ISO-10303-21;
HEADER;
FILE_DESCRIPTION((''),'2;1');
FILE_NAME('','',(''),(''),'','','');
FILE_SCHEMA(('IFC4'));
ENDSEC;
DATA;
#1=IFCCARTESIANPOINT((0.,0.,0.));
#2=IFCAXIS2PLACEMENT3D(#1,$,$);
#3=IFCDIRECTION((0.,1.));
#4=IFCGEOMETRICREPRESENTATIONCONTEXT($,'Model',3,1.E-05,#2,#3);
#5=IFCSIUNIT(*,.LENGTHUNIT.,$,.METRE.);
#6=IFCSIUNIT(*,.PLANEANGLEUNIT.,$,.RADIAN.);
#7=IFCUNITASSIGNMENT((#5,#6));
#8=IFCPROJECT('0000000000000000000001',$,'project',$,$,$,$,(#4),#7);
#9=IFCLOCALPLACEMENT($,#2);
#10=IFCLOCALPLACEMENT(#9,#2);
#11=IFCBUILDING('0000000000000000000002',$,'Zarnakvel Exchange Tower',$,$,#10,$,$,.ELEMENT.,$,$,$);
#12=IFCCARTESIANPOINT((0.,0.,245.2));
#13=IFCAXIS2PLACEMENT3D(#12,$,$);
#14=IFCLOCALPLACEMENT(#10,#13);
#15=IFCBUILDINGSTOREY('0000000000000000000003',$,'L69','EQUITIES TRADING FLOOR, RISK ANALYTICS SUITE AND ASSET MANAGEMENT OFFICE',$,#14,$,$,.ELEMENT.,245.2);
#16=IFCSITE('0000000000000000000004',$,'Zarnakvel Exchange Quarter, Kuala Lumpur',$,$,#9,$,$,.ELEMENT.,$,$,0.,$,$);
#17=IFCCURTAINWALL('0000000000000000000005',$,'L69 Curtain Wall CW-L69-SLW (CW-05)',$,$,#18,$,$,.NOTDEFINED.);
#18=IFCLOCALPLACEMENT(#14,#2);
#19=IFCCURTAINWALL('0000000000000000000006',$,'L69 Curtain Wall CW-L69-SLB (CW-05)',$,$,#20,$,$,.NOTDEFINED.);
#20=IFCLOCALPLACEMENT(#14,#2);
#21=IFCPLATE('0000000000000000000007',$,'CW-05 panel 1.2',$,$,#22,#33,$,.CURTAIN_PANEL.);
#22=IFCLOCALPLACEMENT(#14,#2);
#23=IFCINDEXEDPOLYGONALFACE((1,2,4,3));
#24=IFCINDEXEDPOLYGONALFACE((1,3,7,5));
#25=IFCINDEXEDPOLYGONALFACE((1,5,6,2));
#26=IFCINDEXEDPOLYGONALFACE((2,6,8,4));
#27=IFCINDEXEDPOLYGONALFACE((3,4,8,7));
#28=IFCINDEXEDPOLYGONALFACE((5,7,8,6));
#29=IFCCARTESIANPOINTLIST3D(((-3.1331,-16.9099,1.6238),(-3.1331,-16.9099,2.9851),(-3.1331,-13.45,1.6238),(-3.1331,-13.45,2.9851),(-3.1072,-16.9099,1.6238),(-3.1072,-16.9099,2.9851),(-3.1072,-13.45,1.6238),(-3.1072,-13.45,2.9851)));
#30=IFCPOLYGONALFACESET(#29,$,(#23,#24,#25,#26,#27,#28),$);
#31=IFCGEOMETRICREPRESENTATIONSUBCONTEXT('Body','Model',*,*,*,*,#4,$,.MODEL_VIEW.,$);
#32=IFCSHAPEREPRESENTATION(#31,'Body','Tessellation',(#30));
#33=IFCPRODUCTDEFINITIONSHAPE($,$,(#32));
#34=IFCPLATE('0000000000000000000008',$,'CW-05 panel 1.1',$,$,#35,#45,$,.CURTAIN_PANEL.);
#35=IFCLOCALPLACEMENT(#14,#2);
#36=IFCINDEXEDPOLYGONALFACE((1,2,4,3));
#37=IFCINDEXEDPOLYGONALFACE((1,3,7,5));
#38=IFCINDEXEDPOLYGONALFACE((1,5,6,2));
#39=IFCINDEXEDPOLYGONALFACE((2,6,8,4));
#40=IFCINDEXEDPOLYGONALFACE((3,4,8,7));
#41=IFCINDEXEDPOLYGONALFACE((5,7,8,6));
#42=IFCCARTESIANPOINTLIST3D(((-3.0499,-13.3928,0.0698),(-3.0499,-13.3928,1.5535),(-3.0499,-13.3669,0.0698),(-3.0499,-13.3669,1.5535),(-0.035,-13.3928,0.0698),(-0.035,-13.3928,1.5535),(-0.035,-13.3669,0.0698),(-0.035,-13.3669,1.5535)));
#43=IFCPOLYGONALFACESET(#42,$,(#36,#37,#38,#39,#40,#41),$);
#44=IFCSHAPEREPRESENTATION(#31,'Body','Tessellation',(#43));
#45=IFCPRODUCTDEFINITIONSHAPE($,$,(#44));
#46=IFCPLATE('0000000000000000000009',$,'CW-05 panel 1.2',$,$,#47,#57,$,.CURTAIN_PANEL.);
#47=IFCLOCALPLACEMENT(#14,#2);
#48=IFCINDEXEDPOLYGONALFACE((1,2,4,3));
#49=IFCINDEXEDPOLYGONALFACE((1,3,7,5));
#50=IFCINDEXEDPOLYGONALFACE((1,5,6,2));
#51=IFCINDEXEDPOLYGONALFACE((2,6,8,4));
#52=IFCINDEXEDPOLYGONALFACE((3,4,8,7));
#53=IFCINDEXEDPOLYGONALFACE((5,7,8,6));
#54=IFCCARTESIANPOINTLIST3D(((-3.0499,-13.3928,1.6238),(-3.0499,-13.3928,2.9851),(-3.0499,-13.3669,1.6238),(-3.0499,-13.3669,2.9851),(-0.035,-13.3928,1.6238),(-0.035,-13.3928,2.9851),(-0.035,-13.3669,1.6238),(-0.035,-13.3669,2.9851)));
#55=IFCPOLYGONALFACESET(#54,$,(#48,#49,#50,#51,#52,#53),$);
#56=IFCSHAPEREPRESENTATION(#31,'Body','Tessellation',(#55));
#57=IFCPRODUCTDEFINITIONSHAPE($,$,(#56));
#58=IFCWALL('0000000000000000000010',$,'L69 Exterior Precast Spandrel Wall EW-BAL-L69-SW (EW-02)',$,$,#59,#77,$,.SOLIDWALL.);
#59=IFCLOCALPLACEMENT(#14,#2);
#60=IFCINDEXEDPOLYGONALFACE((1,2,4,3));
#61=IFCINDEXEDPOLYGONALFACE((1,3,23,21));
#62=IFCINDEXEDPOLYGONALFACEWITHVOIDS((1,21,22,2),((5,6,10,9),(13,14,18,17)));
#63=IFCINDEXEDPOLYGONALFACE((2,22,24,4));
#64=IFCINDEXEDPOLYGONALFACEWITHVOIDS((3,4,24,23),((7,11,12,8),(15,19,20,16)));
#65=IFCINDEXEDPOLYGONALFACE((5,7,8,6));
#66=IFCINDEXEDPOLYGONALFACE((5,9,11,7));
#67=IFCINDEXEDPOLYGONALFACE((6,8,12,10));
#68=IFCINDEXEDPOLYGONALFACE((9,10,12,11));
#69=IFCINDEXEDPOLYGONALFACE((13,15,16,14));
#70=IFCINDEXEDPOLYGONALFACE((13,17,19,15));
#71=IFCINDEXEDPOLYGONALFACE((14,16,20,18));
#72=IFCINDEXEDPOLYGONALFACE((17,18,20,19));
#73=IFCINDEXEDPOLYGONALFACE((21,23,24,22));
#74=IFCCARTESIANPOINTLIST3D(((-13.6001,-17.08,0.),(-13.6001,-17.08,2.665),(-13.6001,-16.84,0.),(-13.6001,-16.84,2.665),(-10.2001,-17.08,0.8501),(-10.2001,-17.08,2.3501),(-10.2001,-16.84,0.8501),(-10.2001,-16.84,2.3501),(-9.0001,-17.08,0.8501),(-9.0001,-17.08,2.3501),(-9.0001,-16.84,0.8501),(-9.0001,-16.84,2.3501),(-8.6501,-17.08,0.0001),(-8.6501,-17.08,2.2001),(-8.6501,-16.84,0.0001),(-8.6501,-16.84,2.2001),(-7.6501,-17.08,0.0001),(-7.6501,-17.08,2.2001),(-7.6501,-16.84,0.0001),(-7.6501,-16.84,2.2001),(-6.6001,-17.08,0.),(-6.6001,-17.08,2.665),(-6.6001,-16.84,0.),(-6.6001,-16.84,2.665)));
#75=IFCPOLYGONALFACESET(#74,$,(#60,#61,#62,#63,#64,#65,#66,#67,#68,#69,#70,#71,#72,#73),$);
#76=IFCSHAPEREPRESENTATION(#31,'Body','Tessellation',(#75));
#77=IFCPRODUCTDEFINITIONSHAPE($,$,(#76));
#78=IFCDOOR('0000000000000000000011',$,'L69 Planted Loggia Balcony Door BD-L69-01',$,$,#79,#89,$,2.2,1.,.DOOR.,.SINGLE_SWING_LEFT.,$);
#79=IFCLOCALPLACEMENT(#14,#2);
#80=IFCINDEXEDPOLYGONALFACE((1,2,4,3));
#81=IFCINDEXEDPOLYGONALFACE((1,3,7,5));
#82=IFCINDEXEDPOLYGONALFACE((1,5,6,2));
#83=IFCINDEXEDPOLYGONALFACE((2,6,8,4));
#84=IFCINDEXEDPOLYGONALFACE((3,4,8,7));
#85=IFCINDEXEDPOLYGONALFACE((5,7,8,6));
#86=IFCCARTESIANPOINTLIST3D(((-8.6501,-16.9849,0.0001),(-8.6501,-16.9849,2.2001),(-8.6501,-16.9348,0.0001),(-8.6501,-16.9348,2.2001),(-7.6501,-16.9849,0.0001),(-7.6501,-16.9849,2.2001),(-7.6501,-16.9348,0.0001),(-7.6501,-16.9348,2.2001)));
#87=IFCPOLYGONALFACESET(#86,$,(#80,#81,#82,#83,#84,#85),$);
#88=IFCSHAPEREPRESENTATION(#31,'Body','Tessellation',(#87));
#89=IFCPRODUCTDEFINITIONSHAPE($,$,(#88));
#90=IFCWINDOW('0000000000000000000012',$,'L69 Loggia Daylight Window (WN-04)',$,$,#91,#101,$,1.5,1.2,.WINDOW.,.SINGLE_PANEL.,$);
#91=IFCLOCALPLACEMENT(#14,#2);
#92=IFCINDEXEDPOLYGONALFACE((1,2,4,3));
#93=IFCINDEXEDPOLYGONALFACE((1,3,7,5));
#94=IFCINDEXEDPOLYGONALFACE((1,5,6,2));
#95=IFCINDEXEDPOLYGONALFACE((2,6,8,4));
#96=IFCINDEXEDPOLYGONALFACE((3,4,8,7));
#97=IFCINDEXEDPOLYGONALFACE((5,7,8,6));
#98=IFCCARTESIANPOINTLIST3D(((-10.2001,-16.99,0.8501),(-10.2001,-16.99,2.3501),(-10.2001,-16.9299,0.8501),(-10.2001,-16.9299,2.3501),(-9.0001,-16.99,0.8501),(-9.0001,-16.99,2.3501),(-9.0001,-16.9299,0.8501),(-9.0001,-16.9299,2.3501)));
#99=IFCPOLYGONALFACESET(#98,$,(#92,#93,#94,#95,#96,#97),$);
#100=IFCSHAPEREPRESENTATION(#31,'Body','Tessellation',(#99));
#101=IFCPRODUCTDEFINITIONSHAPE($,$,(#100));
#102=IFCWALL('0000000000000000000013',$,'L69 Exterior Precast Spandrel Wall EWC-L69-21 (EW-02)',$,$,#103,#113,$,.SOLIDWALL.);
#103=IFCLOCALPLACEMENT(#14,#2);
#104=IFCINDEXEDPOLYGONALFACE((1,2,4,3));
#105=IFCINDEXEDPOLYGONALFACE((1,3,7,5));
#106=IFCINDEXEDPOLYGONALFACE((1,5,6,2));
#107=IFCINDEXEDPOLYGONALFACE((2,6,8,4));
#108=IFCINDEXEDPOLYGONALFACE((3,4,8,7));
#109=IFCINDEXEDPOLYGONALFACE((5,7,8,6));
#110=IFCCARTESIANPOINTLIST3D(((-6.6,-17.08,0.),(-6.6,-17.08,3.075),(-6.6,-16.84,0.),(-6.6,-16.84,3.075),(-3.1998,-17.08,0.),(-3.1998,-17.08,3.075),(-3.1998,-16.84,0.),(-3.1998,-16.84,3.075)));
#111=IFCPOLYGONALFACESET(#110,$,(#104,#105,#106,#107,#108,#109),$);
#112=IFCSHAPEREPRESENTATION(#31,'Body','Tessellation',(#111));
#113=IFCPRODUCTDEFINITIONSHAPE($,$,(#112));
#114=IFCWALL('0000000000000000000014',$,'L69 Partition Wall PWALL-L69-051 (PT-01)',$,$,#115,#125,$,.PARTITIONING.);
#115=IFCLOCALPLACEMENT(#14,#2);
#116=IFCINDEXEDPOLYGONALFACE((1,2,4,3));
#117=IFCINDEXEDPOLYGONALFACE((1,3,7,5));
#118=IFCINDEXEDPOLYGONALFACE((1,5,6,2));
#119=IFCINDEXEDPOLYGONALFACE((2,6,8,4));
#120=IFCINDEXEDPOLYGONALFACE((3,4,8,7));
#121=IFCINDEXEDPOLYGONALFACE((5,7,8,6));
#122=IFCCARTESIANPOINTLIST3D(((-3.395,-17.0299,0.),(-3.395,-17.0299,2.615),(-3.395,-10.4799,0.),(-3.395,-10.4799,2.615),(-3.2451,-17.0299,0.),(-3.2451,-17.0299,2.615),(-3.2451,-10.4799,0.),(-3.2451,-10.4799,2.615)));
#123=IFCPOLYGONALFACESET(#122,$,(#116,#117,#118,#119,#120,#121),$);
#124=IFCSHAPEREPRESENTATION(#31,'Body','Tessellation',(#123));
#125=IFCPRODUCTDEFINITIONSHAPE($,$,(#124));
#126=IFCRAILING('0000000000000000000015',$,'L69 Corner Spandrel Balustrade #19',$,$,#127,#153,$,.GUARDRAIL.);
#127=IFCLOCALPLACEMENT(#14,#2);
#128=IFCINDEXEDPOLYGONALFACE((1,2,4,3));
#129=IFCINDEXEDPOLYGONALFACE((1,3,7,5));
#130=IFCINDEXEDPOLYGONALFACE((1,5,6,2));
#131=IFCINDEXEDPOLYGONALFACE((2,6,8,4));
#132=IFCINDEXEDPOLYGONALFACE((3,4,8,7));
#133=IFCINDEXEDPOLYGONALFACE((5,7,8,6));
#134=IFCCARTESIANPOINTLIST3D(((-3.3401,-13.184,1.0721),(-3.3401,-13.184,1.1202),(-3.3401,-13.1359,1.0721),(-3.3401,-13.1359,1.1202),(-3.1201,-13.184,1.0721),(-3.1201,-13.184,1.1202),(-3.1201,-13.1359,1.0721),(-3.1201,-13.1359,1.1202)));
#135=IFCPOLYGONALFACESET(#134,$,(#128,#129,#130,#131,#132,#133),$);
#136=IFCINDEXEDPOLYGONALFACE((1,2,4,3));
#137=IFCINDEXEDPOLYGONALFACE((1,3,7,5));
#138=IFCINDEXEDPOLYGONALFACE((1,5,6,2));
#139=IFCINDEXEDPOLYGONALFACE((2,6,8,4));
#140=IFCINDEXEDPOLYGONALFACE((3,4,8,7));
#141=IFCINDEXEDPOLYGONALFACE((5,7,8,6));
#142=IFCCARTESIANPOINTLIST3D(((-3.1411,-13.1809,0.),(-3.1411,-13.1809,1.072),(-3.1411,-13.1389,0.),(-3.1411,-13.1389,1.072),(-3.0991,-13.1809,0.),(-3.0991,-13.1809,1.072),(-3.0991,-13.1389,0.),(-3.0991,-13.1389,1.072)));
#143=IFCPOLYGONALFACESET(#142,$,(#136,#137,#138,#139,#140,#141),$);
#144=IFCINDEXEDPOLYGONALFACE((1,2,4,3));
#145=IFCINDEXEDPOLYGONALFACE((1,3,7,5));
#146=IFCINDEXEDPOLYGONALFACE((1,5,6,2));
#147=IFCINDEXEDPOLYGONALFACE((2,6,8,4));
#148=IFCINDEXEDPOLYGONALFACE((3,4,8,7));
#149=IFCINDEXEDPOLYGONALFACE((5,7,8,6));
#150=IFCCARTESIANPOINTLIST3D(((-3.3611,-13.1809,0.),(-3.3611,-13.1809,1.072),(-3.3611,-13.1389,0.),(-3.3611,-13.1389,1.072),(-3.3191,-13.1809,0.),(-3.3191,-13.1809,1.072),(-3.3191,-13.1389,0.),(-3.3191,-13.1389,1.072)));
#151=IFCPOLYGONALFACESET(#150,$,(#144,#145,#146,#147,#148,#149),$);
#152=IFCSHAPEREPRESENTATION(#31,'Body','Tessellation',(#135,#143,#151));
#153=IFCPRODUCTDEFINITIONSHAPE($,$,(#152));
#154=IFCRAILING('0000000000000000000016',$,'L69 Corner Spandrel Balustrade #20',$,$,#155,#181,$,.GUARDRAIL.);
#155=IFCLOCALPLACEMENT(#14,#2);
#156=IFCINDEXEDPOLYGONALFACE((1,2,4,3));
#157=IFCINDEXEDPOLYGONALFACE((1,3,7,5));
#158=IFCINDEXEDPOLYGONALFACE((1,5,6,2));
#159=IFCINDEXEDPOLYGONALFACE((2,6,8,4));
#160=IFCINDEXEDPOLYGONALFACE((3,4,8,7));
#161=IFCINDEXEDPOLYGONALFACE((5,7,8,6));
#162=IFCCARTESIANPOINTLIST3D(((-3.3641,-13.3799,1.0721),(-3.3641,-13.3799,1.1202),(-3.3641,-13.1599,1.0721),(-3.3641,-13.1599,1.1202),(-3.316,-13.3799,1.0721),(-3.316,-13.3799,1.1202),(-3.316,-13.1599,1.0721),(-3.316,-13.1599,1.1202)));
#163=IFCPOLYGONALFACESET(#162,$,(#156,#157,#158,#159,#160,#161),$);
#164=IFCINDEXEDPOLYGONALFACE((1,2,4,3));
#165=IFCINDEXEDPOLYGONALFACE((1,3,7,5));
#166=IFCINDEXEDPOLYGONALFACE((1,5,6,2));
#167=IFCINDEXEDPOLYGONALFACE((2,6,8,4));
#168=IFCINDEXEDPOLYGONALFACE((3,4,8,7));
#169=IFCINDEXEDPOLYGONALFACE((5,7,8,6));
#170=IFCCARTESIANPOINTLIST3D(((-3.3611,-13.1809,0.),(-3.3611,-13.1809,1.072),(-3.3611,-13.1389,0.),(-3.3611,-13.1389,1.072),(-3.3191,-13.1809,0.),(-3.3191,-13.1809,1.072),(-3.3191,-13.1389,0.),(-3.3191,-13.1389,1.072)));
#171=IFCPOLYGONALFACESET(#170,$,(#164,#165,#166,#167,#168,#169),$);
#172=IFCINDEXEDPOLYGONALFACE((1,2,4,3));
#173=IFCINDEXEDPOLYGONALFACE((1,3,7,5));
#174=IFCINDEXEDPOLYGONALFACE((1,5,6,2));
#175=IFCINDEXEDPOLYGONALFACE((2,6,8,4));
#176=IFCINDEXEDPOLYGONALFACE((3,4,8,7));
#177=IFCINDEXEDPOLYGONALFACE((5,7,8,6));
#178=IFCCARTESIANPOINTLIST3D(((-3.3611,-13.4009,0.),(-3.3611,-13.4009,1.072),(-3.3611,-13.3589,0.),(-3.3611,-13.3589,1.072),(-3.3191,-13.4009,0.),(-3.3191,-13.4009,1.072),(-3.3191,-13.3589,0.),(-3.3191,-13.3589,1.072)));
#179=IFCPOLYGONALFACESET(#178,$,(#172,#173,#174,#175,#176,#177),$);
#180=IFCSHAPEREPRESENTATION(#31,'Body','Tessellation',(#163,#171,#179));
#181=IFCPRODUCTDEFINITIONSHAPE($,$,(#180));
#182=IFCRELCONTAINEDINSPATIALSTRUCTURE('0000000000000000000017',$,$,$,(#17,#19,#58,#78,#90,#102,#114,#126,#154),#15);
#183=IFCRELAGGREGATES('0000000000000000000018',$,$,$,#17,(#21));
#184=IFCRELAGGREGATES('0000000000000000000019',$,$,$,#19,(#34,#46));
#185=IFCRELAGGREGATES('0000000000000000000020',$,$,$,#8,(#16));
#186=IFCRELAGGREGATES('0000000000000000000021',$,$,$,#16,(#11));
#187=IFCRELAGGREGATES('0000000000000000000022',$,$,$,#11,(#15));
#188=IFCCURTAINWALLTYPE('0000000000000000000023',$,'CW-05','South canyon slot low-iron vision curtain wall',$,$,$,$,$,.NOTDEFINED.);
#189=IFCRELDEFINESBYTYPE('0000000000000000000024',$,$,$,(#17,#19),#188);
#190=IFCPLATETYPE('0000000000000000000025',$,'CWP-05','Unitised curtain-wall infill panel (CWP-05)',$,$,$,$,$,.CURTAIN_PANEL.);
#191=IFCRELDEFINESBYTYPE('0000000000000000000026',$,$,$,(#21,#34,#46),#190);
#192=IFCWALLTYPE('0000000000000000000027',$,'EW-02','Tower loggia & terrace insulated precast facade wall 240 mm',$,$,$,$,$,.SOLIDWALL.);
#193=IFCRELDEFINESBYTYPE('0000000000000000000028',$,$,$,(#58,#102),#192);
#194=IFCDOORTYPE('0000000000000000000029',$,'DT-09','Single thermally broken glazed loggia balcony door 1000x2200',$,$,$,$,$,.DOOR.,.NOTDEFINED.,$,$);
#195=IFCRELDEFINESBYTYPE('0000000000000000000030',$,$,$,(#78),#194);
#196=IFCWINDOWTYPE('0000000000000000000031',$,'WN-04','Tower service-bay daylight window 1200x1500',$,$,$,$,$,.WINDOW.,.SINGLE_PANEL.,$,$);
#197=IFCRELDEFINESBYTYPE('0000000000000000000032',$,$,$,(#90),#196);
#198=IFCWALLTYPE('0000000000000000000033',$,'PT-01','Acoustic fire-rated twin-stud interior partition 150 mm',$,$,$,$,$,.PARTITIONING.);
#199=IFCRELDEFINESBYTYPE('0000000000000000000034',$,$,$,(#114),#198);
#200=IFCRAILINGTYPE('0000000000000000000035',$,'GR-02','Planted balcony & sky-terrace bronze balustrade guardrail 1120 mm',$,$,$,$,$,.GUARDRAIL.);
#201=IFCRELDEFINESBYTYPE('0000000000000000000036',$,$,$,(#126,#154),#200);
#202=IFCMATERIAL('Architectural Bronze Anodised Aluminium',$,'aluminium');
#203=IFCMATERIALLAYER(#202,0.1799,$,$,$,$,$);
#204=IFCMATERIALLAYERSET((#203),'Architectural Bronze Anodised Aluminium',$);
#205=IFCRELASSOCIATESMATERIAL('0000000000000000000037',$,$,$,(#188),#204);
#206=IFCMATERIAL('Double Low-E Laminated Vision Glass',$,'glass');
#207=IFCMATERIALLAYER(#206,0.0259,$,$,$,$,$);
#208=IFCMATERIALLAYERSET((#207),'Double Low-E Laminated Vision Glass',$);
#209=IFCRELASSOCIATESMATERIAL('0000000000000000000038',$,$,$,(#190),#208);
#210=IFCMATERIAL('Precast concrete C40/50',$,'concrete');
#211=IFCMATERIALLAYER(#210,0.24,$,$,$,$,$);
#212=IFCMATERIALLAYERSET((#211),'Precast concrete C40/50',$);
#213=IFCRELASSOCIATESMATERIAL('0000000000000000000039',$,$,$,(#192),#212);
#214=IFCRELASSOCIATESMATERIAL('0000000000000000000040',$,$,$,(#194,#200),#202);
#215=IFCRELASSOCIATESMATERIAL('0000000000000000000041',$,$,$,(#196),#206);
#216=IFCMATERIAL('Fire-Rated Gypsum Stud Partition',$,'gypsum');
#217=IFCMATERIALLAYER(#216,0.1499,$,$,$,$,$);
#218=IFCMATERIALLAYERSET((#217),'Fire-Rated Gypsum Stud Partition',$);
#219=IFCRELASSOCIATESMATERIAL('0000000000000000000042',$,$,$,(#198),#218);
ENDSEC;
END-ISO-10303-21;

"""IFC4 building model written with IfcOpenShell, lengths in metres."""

from ifc_helpers import new_model, si_unit, direction, frame, frame_2d, origin, origin_2d, place, context, subcontext, project, spatial, rectangle, extrude, source, transform, mapped, material, layer, layer_set, type_object, element, fill, aggregate, save


model = new_model("IFC4")

# Units and contexts
model_context = context("Model", 3, precision=1e-05, world=origin(), true_north=direction((0.0, 1.0)))
body_context = subcontext(model_context, "Body", "Model", "MODEL_VIEW")
ifc_project = project(units=[si_unit("LENGTHUNIT", "METRE"), si_unit("PLANEANGLEUNIT", "RADIAN")], contexts=[model_context])

# Site, building, storey
site_placement = place(None, origin())
site = spatial("IfcSite", under=ifc_project, at=site_placement, Name="Zarnakvel Exchange Quarter, Kuala Lumpur", CompositionType="ELEMENT", RefElevation=0.0)
building_placement = place(site_placement, origin())
building = spatial("IfcBuilding", under=site, at=building_placement, Name="Zarnakvel Exchange Tower", CompositionType="ELEMENT")
storey_placement = place(building_placement, frame((0.0, 0.0, 245.2)))
storey = spatial("IfcBuildingStorey", under=building, at=storey_placement, Name="L69", Description="EQUITIES TRADING FLOOR, RISK ANALYTICS SUITE AND ASSET MANAGEMENT OFFICE", CompositionType="ELEMENT", Elevation=245.2)

# Curtain walls
ifc_material_1 = material(Name="Architectural Bronze Anodised Aluminium", Category="aluminium")
ifc_layer_1 = layer(ifc_material_1, 0.1799)
ifc_layer_set_1 = layer_set([ifc_layer_1], Name="Architectural Bronze Anodised Aluminium")
curtain_wall_type = type_object("IfcCurtainWallType", Name="CW-05", Description="South canyon slot low-iron vision curtain wall", PredefinedType="NOTDEFINED", material=ifc_layer_set_1)
curtain_wall_1_placement = place(storey_placement, origin())
curtain_wall_1 = element("IfcCurtainWall", 1, at=curtain_wall_1_placement, inside=storey, type_object=curtain_wall_type, Name="L69 Curtain Wall CW-L69-SLW (CW-05)", PredefinedType="NOTDEFINED")
curtain_wall_2_placement = place(storey_placement, origin())
curtain_wall_2 = element("IfcCurtainWall", 2, at=curtain_wall_2_placement, inside=storey, type_object=curtain_wall_type, Name="L69 Curtain Wall CW-L69-SLB (CW-05)", PredefinedType="NOTDEFINED")

# Plates
ifc_material_2 = material(Name="Double Low-E Laminated Vision Glass", Category="glass")
ifc_layer_2 = layer(ifc_material_2, 0.0259)
ifc_layer_set_2 = layer_set([ifc_layer_2], Name="Double Low-E Laminated Vision Glass")
plate_type = type_object("IfcPlateType", Name="CWP-05", Description="Unitised curtain-wall infill panel (CWP-05)", PredefinedType="CURTAIN_PANEL", material=ifc_layer_set_2)
shared_shape_1 = source(origin(), body_context, "Body", "SweptSolid", [
    extrude(rectangle(XDim=3.46, YDim=0.0259, at=origin_2d()), origin(), (0.0, 0.0, 1.0), 1.3613),
])
plate_1_placement = place(storey_placement, frame((-3.1201, -15.1799, 1.6238), z_axis=(0.0, 0.0, 1.0), x_axis=(0.0, 1.0, 0.0)))
plate_1 = element("IfcPlate", 3, at=plate_1_placement, type_object=plate_type, Name="CW-05 panel 1.2", PredefinedType="CURTAIN_PANEL", context=body_context, shape_type="MappedRepresentation", body=[
    mapped(shared_shape_1, transform((0.0, 0.0, 0.0), x_axis=(1.0, 0.0, 0.0), y_axis=(0.0, 1.0, 0.0), z_axis=(0.0, 0.0, 1.0), scale=1.0)),
])
aggregate(curtain_wall_1, [plate_1])
shared_shape_2 = source(origin(), body_context, "Body", "SweptSolid", [
    extrude(rectangle(XDim=3.0149, YDim=0.0259, at=origin_2d()), origin(), (0.0, 0.0, 1.0), 1.4836),
])
plate_2_placement = place(storey_placement, frame((-1.5425, -13.3799, 0.0698), z_axis=(0.0, 0.0, 1.0), x_axis=(1.0, 0.0, 0.0)))
plate_2 = element("IfcPlate", 4, at=plate_2_placement, type_object=plate_type, Name="CW-05 panel 1.1", PredefinedType="CURTAIN_PANEL", context=body_context, shape_type="MappedRepresentation", body=[
    mapped(shared_shape_2, transform((0.0, 0.0, 0.0), x_axis=(1.0, 0.0, 0.0), y_axis=(0.0, 1.0, 0.0), z_axis=(0.0, 0.0, 1.0), scale=1.0)),
])
shared_shape_3 = source(origin(), body_context, "Body", "SweptSolid", [
    extrude(rectangle(XDim=3.0149, YDim=0.0259, at=origin_2d()), origin(), (0.0, 0.0, 1.0), 1.3613),
])
plate_3_placement = place(storey_placement, frame((-1.5425, -13.3799, 1.6238), z_axis=(0.0, 0.0, 1.0), x_axis=(1.0, 0.0, 0.0)))
plate_3 = element("IfcPlate", 5, at=plate_3_placement, type_object=plate_type, Name="CW-05 panel 1.2", PredefinedType="CURTAIN_PANEL", context=body_context, shape_type="MappedRepresentation", body=[
    mapped(shared_shape_3, transform((0.0, 0.0, 0.0), x_axis=(1.0, 0.0, 0.0), y_axis=(0.0, 1.0, 0.0), z_axis=(0.0, 0.0, 1.0), scale=1.0)),
])
aggregate(curtain_wall_2, [plate_2, plate_3])

# Wall, openings, door, window
ifc_material_3 = material(Name="Precast concrete C40/50", Category="concrete")
ifc_layer_3 = layer(ifc_material_3, 0.24)
ifc_layer_set_3 = layer_set([ifc_layer_3], Name="Precast concrete C40/50")
wall_type_1 = type_object("IfcWallType", Name="EW-02", Description="Tower loggia & terrace insulated precast facade wall 240 mm", PredefinedType="SOLIDWALL", material=ifc_layer_set_3)
wall_1_placement = place(storey_placement, frame((-6.6001, -16.96, 0.0), z_axis=(0.0, 0.0, 1.0), x_axis=(-1.0, 0.0, 0.0)))
wall_1 = element("IfcWall", 6, at=wall_1_placement, inside=storey, type_object=wall_type_1, Name="L69 Exterior Precast Spandrel Wall EW-BAL-L69-SW (EW-02)", PredefinedType="SOLIDWALL", context=body_context, shape_type="SweptSolid", body=[
    extrude(rectangle(XDim=7.0, YDim=0.24, at=frame_2d((3.5, 0.0))), origin(), (0.0, 0.0, 1.0), 2.665),
])
opening_1_placement = place(wall_1_placement, frame((1.05, 0.0, 0.0)))
opening_1 = element("IfcOpeningElement", 7, at=opening_1_placement, cuts=wall_1, PredefinedType="OPENING", context=body_context, shape_type="SweptSolid", body=[
    extrude(rectangle(XDim=1.0, YDim=2.2, at=frame_2d((0.5, 1.1001))), frame((0.0, 0.1299, 0.0), z_axis=(0.0, -1.0, 0.0), x_axis=(1.0, 0.0, 0.0)), (0.0, 0.0, 1.0), 0.26),
])
opening_2_placement = place(wall_1_placement, frame((2.3999, 0.0, 0.8501)))
opening_2 = element("IfcOpeningElement", 8, at=opening_2_placement, cuts=wall_1, PredefinedType="OPENING", context=body_context, shape_type="SweptSolid", body=[
    extrude(rectangle(XDim=1.2, YDim=1.5, at=frame_2d((0.6001, 0.75))), frame((0.0, 0.1299, 0.0), z_axis=(0.0, -1.0, 0.0), x_axis=(1.0, 0.0, 0.0)), (0.0, 0.0, 1.0), 0.26),
])
door_type = type_object("IfcDoorType", Name="DT-09", Description="Single thermally broken glazed loggia balcony door 1000x2200", OperationType="NOTDEFINED", PredefinedType="DOOR", material=ifc_material_1)
shared_shape_4 = source(origin(), body_context, "Body", "SweptSolid", [
    extrude(rectangle(XDim=1.0, YDim=2.2, at=frame_2d((0.5, 1.1001))), frame((0.0, 0.0249, 0.0), z_axis=(0.0, -1.0, 0.0), x_axis=(1.0, 0.0, 0.0)), (0.0, 0.0, 1.0), 0.05),
])
door_placement = place(opening_1_placement, origin())
door = element("IfcDoor", 9, at=door_placement, inside=storey, type_object=door_type, Name="L69 Planted Loggia Balcony Door BD-L69-01", OperationType="SINGLE_SWING_LEFT", OverallHeight=2.2, OverallWidth=1.0, PredefinedType="DOOR", context=body_context, shape_type="MappedRepresentation", body=[
    mapped(shared_shape_4, transform((0.0, 0.0, 0.0), x_axis=(1.0, 0.0, 0.0), y_axis=(0.0, 1.0, 0.0), z_axis=(0.0, 0.0, 1.0), scale=1.0)),
])
fill(opening_1, door)
window_type = type_object("IfcWindowType", Name="WN-04", Description="Tower service-bay daylight window 1200x1500", PartitioningType="SINGLE_PANEL", PredefinedType="WINDOW", material=ifc_material_2)
shared_shape_5 = source(origin(), body_context, "Body", "SweptSolid", [
    extrude(rectangle(XDim=1.2, YDim=1.5, at=frame_2d((0.6001, 0.75))), frame((0.0, 0.03, 0.0), z_axis=(0.0, -1.0, 0.0), x_axis=(1.0, 0.0, 0.0)), (0.0, 0.0, 1.0), 0.0601),
])
window_placement = place(opening_2_placement, origin())
window = element("IfcWindow", 10, at=window_placement, inside=storey, type_object=window_type, Name="L69 Loggia Daylight Window (WN-04)", OverallHeight=1.5, OverallWidth=1.2, PartitioningType="SINGLE_PANEL", PredefinedType="WINDOW", context=body_context, shape_type="MappedRepresentation", body=[
    mapped(shared_shape_5, transform((0.0, 0.0, 0.0), x_axis=(1.0, 0.0, 0.0), y_axis=(0.0, 1.0, 0.0), z_axis=(0.0, 0.0, 1.0), scale=1.0)),
])
fill(opening_2, window)

# Walls
wall_2_placement = place(storey_placement, frame((-6.6001, -16.96, 0.0), z_axis=(0.0, 0.0, 1.0), x_axis=(1.0, 0.0, 0.0)))
element("IfcWall", 11, at=wall_2_placement, inside=storey, type_object=wall_type_1, Name="L69 Exterior Precast Spandrel Wall EWC-L69-21 (EW-02)", PredefinedType="SOLIDWALL", context=body_context, shape_type="SweptSolid", body=[
    extrude(rectangle(XDim=3.4001, YDim=0.24, at=frame_2d((1.7002, 0.0))), origin(), (0.0, 0.0, 1.0), 3.075),
])
ifc_material_4 = material(Name="Fire-Rated Gypsum Stud Partition", Category="gypsum")
ifc_layer_4 = layer(ifc_material_4, 0.1499)
ifc_layer_set_4 = layer_set([ifc_layer_4], Name="Fire-Rated Gypsum Stud Partition")
wall_type_2 = type_object("IfcWallType", Name="PT-01", Description="Acoustic fire-rated twin-stud interior partition 150 mm", PredefinedType="PARTITIONING", material=ifc_layer_set_4)
wall_3_placement = place(storey_placement, frame((-3.3201, -10.48, 0.0), z_axis=(0.0, 0.0, 1.0), x_axis=(0.0, -1.0, 0.0)))
element("IfcWall", 12, at=wall_3_placement, inside=storey, type_object=wall_type_2, Name="L69 Partition Wall PWALL-L69-051 (PT-01)", PredefinedType="PARTITIONING", context=body_context, shape_type="SweptSolid", body=[
    extrude(rectangle(XDim=6.55, YDim=0.1499, at=frame_2d((3.2749, 0.0))), origin(), (0.0, 0.0, 1.0), 2.615),
])

# Railings
railing_type_1 = type_object("IfcRailingType", Name="GR-02", Description="Planted balcony & sky-terrace bronze balustrade guardrail 1120 mm", PredefinedType="GUARDRAIL", material=ifc_material_1)
railing_1_placement = place(storey_placement, frame((-3.1201, -13.1599, 0.0)))
element("IfcRailing", 13, at=railing_1_placement, inside=storey, type_object=railing_type_1, Name="L69 Corner Spandrel Balustrade #19", PredefinedType="GUARDRAIL", context=body_context, shape_type="SweptSolid", body=[
    extrude(rectangle(XDim=0.0481, YDim=0.0481, at=origin_2d()), frame((0.0, 0.0, 1.0962), z_axis=(-1.0, 0.0, 0.0), x_axis=(0.0, -1.0, 0.0)), (0.0, 0.0, 1.0), 0.22),
    extrude(rectangle(XDim=0.042, YDim=0.042, at=origin_2d()), origin(), (0.0, 0.0, 1.0), 1.072),
    extrude(rectangle(XDim=0.042, YDim=0.042, at=origin_2d()), frame((-0.22, 0.0, 0.0)), (0.0, 0.0, 1.0), 1.072),
])
railing_2_placement = place(storey_placement, frame((-3.3401, -13.1599, 0.0)))
element("IfcRailing", 14, at=railing_2_placement, inside=storey, type_object=railing_type_1, Name="L69 Corner Spandrel Balustrade #20", PredefinedType="GUARDRAIL", context=body_context, shape_type="SweptSolid", body=[
    extrude(rectangle(XDim=0.0481, YDim=0.0481, at=origin_2d()), frame((0.0, 0.0, 1.0962), z_axis=(0.0, -1.0, 0.0), x_axis=(1.0, 0.0, 0.0)), (0.0, 0.0, 1.0), 0.22),
    extrude(rectangle(XDim=0.042, YDim=0.042, at=origin_2d()), origin(), (0.0, 0.0, 1.0), 1.072),
    extrude(rectangle(XDim=0.042, YDim=0.042, at=origin_2d()), frame((0.0, -0.22, 0.0)), (0.0, 0.0, 1.0), 1.072),
])

save(model, "model.ifc")
